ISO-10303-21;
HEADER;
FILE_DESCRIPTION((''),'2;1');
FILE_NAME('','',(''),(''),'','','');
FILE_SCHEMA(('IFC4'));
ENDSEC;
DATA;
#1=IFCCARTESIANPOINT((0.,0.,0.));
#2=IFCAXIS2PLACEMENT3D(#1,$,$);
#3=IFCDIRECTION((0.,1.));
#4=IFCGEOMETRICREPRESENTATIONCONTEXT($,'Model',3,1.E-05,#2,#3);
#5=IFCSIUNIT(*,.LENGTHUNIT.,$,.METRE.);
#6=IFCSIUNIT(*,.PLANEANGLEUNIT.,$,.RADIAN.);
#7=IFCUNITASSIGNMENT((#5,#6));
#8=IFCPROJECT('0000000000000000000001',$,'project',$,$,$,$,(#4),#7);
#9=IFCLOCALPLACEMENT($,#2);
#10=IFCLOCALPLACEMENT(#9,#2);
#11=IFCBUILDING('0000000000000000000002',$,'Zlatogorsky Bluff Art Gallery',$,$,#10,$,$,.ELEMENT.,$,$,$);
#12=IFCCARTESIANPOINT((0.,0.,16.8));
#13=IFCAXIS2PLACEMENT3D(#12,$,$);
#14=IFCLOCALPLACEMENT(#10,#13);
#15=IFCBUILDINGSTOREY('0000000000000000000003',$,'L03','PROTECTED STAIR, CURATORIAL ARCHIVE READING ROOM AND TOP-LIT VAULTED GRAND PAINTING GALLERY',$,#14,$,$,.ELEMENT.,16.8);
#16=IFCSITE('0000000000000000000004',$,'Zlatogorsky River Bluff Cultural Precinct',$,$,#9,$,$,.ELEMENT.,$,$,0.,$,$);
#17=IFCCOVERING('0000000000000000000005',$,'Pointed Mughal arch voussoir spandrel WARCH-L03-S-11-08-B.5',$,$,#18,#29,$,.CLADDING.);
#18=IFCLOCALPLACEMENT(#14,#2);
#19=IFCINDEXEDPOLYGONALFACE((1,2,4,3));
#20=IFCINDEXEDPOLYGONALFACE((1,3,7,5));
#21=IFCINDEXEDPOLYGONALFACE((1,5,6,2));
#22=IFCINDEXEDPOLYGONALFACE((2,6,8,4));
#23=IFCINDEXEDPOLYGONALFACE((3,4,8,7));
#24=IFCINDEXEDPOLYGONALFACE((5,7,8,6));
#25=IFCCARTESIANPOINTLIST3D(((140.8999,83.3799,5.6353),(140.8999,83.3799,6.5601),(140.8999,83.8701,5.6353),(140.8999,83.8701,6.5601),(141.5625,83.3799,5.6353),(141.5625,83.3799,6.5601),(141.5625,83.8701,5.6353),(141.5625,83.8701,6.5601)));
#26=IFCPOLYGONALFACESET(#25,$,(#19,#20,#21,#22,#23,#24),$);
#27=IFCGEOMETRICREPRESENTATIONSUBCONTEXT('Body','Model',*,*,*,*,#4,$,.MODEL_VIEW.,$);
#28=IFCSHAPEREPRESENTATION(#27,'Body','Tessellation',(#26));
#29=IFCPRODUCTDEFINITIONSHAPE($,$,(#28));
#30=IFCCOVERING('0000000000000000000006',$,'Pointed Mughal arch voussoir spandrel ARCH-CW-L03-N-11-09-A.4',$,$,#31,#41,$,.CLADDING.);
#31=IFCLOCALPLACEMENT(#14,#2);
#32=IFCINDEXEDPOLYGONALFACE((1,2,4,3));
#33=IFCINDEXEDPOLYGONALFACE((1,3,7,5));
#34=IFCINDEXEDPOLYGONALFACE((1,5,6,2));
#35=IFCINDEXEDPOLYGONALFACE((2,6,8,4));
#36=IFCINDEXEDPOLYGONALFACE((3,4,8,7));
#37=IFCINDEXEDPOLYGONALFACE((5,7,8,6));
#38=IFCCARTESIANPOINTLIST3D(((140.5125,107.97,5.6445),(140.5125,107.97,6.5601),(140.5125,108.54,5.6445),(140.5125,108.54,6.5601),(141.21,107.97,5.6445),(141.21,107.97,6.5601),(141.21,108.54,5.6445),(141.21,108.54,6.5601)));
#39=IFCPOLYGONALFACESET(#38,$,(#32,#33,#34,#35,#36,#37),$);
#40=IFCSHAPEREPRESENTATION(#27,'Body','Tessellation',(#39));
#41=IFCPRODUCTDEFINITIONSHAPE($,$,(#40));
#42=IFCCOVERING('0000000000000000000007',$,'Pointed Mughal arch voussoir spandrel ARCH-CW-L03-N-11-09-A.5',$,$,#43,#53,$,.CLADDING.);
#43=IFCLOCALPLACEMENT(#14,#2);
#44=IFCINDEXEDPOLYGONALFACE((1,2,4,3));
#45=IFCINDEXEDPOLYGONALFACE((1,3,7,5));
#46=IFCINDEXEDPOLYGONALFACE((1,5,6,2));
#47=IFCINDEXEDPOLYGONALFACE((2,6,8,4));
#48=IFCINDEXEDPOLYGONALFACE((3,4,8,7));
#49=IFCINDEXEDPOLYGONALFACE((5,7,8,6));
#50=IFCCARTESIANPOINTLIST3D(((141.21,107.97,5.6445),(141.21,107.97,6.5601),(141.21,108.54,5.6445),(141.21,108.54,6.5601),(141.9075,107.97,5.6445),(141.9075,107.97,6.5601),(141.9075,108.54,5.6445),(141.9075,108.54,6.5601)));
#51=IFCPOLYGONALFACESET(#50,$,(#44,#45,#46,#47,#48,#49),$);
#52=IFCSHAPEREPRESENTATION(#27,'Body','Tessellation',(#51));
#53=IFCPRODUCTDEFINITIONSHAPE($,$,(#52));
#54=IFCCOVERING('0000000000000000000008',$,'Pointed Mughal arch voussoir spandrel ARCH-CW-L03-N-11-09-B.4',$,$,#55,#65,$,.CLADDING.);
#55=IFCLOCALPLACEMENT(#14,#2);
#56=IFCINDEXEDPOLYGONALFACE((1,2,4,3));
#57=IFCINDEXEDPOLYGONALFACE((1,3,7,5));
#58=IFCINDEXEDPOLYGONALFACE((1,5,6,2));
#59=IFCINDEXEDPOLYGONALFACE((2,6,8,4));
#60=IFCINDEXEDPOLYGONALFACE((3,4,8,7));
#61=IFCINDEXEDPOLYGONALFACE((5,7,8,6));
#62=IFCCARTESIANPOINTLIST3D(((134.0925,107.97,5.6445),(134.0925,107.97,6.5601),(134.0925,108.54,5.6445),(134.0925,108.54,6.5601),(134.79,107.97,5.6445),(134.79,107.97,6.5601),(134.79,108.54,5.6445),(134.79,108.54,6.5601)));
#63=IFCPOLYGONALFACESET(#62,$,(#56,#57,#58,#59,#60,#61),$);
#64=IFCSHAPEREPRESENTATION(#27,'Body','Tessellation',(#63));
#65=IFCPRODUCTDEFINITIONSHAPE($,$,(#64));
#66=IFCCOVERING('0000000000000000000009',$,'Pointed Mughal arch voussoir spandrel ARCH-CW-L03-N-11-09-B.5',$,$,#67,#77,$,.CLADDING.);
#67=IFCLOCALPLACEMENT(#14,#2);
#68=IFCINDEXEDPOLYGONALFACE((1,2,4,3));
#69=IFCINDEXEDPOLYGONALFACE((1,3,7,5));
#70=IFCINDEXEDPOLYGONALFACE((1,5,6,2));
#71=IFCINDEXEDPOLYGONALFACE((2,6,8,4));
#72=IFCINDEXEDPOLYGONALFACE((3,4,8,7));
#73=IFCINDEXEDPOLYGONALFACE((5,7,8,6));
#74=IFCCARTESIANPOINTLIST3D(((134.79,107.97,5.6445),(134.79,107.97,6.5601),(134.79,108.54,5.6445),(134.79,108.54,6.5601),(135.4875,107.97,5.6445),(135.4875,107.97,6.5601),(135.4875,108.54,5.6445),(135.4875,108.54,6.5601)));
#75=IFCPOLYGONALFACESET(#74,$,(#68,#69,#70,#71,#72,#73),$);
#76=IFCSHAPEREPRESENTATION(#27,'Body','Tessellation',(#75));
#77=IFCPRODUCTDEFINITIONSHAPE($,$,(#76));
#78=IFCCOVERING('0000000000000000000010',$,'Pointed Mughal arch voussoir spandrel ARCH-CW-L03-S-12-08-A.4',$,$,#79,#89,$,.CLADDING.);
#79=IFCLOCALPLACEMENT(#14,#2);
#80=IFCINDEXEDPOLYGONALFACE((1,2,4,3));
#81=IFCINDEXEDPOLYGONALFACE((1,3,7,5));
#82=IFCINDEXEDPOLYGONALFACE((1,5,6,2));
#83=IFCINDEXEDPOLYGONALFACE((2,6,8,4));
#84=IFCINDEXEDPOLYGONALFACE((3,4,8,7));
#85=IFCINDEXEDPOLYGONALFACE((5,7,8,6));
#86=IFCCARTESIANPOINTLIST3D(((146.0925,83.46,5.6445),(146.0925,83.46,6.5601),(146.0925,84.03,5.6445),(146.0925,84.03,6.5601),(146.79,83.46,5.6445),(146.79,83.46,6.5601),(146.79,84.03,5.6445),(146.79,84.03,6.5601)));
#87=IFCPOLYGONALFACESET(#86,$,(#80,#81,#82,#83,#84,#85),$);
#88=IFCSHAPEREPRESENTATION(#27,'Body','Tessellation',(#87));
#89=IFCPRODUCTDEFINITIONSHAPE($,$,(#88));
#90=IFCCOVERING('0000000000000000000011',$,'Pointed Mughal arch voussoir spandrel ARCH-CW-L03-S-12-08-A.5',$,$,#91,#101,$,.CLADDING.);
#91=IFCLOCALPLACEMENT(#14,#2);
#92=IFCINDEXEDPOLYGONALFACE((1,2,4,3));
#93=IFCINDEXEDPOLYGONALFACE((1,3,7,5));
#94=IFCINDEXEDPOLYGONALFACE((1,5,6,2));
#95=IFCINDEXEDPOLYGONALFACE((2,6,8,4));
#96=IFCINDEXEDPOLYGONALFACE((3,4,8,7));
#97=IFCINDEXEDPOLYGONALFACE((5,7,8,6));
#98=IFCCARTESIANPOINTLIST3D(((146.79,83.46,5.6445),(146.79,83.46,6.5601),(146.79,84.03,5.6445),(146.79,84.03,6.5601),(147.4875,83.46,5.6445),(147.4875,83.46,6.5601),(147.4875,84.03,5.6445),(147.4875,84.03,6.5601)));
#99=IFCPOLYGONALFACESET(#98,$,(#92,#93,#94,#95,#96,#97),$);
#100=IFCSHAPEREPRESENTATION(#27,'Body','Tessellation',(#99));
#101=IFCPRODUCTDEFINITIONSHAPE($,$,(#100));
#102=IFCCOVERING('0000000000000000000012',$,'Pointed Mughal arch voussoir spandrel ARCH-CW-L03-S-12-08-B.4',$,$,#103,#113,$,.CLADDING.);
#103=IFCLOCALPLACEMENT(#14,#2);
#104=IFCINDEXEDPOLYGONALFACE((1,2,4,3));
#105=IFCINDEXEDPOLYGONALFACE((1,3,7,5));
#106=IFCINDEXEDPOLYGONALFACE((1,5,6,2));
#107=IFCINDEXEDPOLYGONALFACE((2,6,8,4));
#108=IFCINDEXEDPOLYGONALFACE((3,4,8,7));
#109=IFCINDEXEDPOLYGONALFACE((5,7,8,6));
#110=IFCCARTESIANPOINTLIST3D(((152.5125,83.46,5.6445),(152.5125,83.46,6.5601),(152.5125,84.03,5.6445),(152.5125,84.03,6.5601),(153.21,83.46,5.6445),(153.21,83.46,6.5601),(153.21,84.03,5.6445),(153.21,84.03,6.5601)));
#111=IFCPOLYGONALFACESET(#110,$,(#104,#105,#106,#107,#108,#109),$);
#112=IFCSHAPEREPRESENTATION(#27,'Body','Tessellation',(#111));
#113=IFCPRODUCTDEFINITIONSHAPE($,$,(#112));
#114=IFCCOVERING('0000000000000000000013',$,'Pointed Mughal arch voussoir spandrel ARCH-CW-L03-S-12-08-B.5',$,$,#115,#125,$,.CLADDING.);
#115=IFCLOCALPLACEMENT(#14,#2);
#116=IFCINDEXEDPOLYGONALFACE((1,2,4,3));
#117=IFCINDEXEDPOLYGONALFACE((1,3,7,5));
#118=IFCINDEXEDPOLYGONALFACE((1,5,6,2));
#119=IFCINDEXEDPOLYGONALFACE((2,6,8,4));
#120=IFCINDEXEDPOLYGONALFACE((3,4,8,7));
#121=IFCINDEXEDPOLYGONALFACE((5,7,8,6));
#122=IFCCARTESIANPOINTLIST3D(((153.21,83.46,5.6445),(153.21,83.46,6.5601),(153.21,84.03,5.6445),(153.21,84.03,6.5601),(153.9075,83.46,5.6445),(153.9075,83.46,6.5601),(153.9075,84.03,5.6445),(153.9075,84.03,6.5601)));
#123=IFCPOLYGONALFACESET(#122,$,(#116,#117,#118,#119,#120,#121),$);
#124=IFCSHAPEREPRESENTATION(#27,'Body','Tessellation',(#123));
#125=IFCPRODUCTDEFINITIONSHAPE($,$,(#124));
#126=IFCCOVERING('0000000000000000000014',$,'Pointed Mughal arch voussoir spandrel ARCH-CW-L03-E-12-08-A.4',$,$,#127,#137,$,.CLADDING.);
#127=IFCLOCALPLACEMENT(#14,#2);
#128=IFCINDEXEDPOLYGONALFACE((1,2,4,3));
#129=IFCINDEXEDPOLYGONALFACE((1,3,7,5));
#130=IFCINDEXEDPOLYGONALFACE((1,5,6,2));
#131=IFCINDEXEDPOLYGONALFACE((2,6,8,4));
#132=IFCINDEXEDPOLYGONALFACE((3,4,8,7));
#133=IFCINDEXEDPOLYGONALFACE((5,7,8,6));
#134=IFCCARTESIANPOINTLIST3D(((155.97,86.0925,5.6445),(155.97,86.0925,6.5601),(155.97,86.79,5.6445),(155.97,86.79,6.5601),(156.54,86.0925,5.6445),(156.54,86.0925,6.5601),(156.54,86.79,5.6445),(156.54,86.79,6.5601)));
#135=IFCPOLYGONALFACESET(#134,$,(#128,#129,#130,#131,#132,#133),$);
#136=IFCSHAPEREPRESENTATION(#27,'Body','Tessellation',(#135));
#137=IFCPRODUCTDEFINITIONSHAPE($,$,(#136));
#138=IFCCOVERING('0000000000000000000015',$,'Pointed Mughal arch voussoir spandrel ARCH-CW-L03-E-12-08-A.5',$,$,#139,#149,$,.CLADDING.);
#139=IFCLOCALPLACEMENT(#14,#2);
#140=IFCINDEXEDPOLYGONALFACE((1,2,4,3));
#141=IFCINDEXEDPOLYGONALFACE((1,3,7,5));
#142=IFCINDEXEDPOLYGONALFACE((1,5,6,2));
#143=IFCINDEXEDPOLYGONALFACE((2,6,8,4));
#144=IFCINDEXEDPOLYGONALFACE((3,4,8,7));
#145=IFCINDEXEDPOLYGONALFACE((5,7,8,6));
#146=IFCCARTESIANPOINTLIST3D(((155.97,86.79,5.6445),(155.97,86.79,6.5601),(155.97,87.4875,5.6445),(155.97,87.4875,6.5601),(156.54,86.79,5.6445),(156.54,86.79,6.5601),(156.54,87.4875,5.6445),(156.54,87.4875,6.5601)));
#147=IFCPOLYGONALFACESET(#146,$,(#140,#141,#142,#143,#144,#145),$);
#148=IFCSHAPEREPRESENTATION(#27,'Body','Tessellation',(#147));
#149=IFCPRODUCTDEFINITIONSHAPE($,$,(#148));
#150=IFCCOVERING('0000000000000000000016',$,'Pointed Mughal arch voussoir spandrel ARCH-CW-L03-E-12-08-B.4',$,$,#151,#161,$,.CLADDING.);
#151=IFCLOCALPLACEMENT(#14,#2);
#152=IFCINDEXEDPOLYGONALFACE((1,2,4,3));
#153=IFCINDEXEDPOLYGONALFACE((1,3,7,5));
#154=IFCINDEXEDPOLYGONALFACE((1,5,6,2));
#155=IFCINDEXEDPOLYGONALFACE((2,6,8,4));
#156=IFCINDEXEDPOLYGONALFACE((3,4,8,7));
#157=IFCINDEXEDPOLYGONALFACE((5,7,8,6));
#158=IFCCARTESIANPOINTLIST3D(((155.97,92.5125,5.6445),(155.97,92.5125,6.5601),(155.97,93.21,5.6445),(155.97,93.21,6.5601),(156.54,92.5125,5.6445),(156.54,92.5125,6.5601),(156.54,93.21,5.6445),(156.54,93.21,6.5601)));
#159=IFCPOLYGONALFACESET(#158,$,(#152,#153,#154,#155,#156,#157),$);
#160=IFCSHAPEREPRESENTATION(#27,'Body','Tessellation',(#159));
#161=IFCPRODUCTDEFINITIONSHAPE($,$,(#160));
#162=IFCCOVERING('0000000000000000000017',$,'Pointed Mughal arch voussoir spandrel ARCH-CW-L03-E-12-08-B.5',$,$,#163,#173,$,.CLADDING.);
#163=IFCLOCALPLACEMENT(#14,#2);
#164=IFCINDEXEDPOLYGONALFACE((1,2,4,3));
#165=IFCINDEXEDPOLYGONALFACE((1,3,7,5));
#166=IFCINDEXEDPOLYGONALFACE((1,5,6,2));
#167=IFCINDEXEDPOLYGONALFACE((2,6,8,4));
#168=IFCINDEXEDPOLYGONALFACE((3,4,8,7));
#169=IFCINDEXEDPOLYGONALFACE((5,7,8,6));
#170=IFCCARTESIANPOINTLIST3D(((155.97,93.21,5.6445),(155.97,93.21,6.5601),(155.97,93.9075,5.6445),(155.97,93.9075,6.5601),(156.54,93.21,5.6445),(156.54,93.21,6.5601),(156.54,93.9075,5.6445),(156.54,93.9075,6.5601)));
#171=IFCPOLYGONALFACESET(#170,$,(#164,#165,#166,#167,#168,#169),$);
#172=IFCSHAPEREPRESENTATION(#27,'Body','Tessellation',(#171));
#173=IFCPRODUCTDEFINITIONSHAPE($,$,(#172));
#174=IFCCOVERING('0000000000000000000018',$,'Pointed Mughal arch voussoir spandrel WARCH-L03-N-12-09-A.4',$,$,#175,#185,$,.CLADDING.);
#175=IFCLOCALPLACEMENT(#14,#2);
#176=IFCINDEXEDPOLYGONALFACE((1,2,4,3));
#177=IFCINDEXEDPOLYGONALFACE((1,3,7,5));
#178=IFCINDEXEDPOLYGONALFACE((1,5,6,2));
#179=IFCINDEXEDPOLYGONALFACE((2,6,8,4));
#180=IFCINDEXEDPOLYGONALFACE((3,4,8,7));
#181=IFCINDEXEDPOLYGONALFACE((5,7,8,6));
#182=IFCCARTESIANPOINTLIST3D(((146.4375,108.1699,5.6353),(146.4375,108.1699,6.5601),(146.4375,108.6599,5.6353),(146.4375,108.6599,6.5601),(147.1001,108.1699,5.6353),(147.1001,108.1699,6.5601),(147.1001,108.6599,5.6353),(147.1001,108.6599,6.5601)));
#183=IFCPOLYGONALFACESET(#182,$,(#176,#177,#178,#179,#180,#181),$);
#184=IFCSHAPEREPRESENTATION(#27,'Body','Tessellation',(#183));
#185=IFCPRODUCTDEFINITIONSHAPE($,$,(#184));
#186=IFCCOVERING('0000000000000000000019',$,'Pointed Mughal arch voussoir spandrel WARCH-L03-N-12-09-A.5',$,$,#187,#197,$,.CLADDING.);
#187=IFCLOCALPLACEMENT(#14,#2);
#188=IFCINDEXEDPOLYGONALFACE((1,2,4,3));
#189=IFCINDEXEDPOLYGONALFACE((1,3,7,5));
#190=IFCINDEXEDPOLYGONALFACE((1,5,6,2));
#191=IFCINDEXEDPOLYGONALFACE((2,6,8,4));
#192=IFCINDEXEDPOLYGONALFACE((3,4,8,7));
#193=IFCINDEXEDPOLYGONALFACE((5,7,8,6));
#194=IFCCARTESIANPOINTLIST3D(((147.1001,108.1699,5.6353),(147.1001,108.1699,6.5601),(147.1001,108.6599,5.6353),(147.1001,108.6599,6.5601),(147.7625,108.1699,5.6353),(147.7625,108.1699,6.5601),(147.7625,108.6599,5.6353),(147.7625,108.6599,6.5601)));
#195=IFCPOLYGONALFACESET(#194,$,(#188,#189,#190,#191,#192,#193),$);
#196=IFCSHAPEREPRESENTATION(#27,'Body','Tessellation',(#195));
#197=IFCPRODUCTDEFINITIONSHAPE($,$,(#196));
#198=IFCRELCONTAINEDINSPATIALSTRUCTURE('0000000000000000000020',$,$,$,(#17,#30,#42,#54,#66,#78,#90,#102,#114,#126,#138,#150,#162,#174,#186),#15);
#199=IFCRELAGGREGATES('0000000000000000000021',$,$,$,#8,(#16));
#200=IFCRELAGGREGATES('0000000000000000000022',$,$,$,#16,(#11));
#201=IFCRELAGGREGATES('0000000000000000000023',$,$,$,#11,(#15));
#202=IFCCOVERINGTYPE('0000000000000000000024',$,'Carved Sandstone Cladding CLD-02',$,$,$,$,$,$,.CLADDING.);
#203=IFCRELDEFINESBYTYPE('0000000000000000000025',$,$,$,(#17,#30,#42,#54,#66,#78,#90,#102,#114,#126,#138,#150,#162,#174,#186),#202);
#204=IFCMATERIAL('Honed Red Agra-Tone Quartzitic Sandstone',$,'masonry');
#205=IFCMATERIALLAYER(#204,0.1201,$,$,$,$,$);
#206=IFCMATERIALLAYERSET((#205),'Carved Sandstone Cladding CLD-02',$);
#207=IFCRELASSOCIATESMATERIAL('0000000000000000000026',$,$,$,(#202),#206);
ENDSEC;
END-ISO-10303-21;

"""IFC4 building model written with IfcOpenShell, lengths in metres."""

from ifc_helpers import new_model, si_unit, direction, frame, origin, place, context, subcontext, project, spatial, polyline, outline, extrude, material, layer, layer_set, type_object, element, save


model = new_model("IFC4")

# Units and contexts
model_context = context("Model", 3, precision=1e-05, world=origin(), true_north=direction((0.0, 1.0)))
body_context = subcontext(model_context, "Body", "Model", "MODEL_VIEW")
ifc_project = project(units=[si_unit("LENGTHUNIT", "METRE"), si_unit("PLANEANGLEUNIT", "RADIAN")], contexts=[model_context])

# Site, building, storey
site_placement = place(None, origin())
site = spatial("IfcSite", under=ifc_project, at=site_placement, Name="Zlatogorsky River Bluff Cultural Precinct", CompositionType="ELEMENT", RefElevation=0.0)
building_placement = place(site_placement, origin())
building = spatial("IfcBuilding", under=site, at=building_placement, Name="Zlatogorsky Bluff Art Gallery", CompositionType="ELEMENT")
storey_placement = place(building_placement, frame((0.0, 0.0, 16.8)))
storey = spatial("IfcBuildingStorey", under=building, at=storey_placement, Name="L03", Description="PROTECTED STAIR, CURATORIAL ARCHIVE READING ROOM AND TOP-LIT VAULTED GRAND PAINTING GALLERY", CompositionType="ELEMENT", Elevation=16.8)

# Coverings
ifc_material = material(Name="Honed Red Agra-Tone Quartzitic Sandstone", Category="masonry")
ifc_layer = layer(ifc_material, 0.1201)
ifc_layer_set = layer_set([ifc_layer], Name="Carved Sandstone Cladding CLD-02")
covering_type = type_object("IfcCoveringType", Name="Carved Sandstone Cladding CLD-02", PredefinedType="CLADDING", material=ifc_layer_set)
covering_1_placement = place(storey_placement, frame((0.0, 0.0, 5.6353)))
element("IfcCovering", 1, at=covering_1_placement, inside=storey, type_object=covering_type, Name="Pointed Mughal arch voussoir spandrel WARCH-L03-S-11-08-B.5", PredefinedType="CLADDING", context=body_context, shape_type="SweptSolid", body=[
    extrude(outline(polyline([(140.8999, 83.3799), (141.5625, 83.3799), (141.5625, 83.8701), (140.8999, 83.8701), (140.8999, 83.3799)])), origin(), (0.0, 0.0, 1.0), 0.9248),
])
covering_2_placement = place(storey_placement, frame((0.0, 0.0, 5.6445)))
element("IfcCovering", 2, at=covering_2_placement, inside=storey, type_object=covering_type, Name="Pointed Mughal arch voussoir spandrel ARCH-CW-L03-N-11-09-A.4", PredefinedType="CLADDING", context=body_context, shape_type="SweptSolid", body=[
    extrude(outline(polyline([(140.5125, 107.97), (141.21, 107.97), (141.21, 108.54), (140.5125, 108.54), (140.5125, 107.97)])), origin(), (0.0, 0.0, 1.0), 0.9155),
])
covering_3_placement = place(storey_placement, frame((0.0, 0.0, 5.6445)))
element("IfcCovering", 3, at=covering_3_placement, inside=storey, type_object=covering_type, Name="Pointed Mughal arch voussoir spandrel ARCH-CW-L03-N-11-09-A.5", PredefinedType="CLADDING", context=body_context, shape_type="SweptSolid", body=[
    extrude(outline(polyline([(141.21, 107.97), (141.9075, 107.97), (141.9075, 108.54), (141.21, 108.54), (141.21, 107.97)])), origin(), (0.0, 0.0, 1.0), 0.9155),
])
covering_4_placement = place(storey_placement, frame((0.0, 0.0, 5.6445)))
element("IfcCovering", 4, at=covering_4_placement, inside=storey, type_object=covering_type, Name="Pointed Mughal arch voussoir spandrel ARCH-CW-L03-N-11-09-B.4", PredefinedType="CLADDING", context=body_context, shape_type="SweptSolid", body=[
    extrude(outline(polyline([(134.0925, 107.97), (134.79, 107.97), (134.79, 108.54), (134.0925, 108.54), (134.0925, 107.97)])), origin(), (0.0, 0.0, 1.0), 0.9155),
])
covering_5_placement = place(storey_placement, frame((0.0, 0.0, 5.6445)))
element("IfcCovering", 5, at=covering_5_placement, inside=storey, type_object=covering_type, Name="Pointed Mughal arch voussoir spandrel ARCH-CW-L03-N-11-09-B.5", PredefinedType="CLADDING", context=body_context, shape_type="SweptSolid", body=[
    extrude(outline(polyline([(134.79, 107.97), (135.4875, 107.97), (135.4875, 108.54), (134.79, 108.54), (134.79, 107.97)])), origin(), (0.0, 0.0, 1.0), 0.9155),
])
covering_6_placement = place(storey_placement, frame((0.0, 0.0, 5.6445)))
element("IfcCovering", 6, at=covering_6_placement, inside=storey, type_object=covering_type, Name="Pointed Mughal arch voussoir spandrel ARCH-CW-L03-S-12-08-A.4", PredefinedType="CLADDING", context=body_context, shape_type="SweptSolid", body=[
    extrude(outline(polyline([(146.0925, 83.46), (146.79, 83.46), (146.79, 84.03), (146.0925, 84.03), (146.0925, 83.46)])), origin(), (0.0, 0.0, 1.0), 0.9155),
])
covering_7_placement = place(storey_placement, frame((0.0, 0.0, 5.6445)))
element("IfcCovering", 7, at=covering_7_placement, inside=storey, type_object=covering_type, Name="Pointed Mughal arch voussoir spandrel ARCH-CW-L03-S-12-08-A.5", PredefinedType="CLADDING", context=body_context, shape_type="SweptSolid", body=[
    extrude(outline(polyline([(146.79, 83.46), (147.4875, 83.46), (147.4875, 84.03), (146.79, 84.03), (146.79, 83.46)])), origin(), (0.0, 0.0, 1.0), 0.9155),
])
covering_8_placement = place(storey_placement, frame((0.0, 0.0, 5.6445)))
element("IfcCovering", 8, at=covering_8_placement, inside=storey, type_object=covering_type, Name="Pointed Mughal arch voussoir spandrel ARCH-CW-L03-S-12-08-B.4", PredefinedType="CLADDING", context=body_context, shape_type="SweptSolid", body=[
    extrude(outline(polyline([(152.5125, 83.46), (153.21, 83.46), (153.21, 84.03), (152.5125, 84.03), (152.5125, 83.46)])), origin(), (0.0, 0.0, 1.0), 0.9155),
])
covering_9_placement = place(storey_placement, frame((0.0, 0.0, 5.6445)))
element("IfcCovering", 9, at=covering_9_placement, inside=storey, type_object=covering_type, Name="Pointed Mughal arch voussoir spandrel ARCH-CW-L03-S-12-08-B.5", PredefinedType="CLADDING", context=body_context, shape_type="SweptSolid", body=[
    extrude(outline(polyline([(153.21, 83.46), (153.9075, 83.46), (153.9075, 84.03), (153.21, 84.03), (153.21, 83.46)])), origin(), (0.0, 0.0, 1.0), 0.9155),
])
covering_10_placement = place(storey_placement, frame((0.0, 0.0, 5.6445)))
element("IfcCovering", 10, at=covering_10_placement, inside=storey, type_object=covering_type, Name="Pointed Mughal arch voussoir spandrel ARCH-CW-L03-E-12-08-A.4", PredefinedType="CLADDING", context=body_context, shape_type="SweptSolid", body=[
    extrude(outline(polyline([(155.97, 86.0925), (155.97, 86.79), (156.54, 86.79), (156.54, 86.0925), (155.97, 86.0925)])), origin(), (0.0, 0.0, 1.0), 0.9155),
])
covering_11_placement = place(storey_placement, frame((0.0, 0.0, 5.6445)))
element("IfcCovering", 11, at=covering_11_placement, inside=storey, type_object=covering_type, Name="Pointed Mughal arch voussoir spandrel ARCH-CW-L03-E-12-08-A.5", PredefinedType="CLADDING", context=body_context, shape_type="SweptSolid", body=[
    extrude(outline(polyline([(155.97, 86.79), (155.97, 87.4875), (156.54, 87.4875), (156.54, 86.79), (155.97, 86.79)])), origin(), (0.0, 0.0, 1.0), 0.9155),
])
covering_12_placement = place(storey_placement, frame((0.0, 0.0, 5.6445)))
element("IfcCovering", 12, at=covering_12_placement, inside=storey, type_object=covering_type, Name="Pointed Mughal arch voussoir spandrel ARCH-CW-L03-E-12-08-B.4", PredefinedType="CLADDING", context=body_context, shape_type="SweptSolid", body=[
    extrude(outline(polyline([(155.97, 92.5125), (155.97, 93.21), (156.54, 93.21), (156.54, 92.5125), (155.97, 92.5125)])), origin(), (0.0, 0.0, 1.0), 0.9155),
])
covering_13_placement = place(storey_placement, frame((0.0, 0.0, 5.6445)))
element("IfcCovering", 13, at=covering_13_placement, inside=storey, type_object=covering_type, Name="Pointed Mughal arch voussoir spandrel ARCH-CW-L03-E-12-08-B.5", PredefinedType="CLADDING", context=body_context, shape_type="SweptSolid", body=[
    extrude(outline(polyline([(155.97, 93.21), (155.97, 93.9075), (156.54, 93.9075), (156.54, 93.21), (155.97, 93.21)])), origin(), (0.0, 0.0, 1.0), 0.9155),
])
covering_14_placement = place(storey_placement, frame((0.0, 0.0, 5.6353)))
element("IfcCovering", 14, at=covering_14_placement, inside=storey, type_object=covering_type, Name="Pointed Mughal arch voussoir spandrel WARCH-L03-N-12-09-A.4", PredefinedType="CLADDING", context=body_context, shape_type="SweptSolid", body=[
    extrude(outline(polyline([(146.4375, 108.1699), (147.1001, 108.1699), (147.1001, 108.6599), (146.4375, 108.6599), (146.4375, 108.1699)])), origin(), (0.0, 0.0, 1.0), 0.9248),
])
covering_15_placement = place(storey_placement, frame((0.0, 0.0, 5.6353)))
element("IfcCovering", 15, at=covering_15_placement, inside=storey, type_object=covering_type, Name="Pointed Mughal arch voussoir spandrel WARCH-L03-N-12-09-A.5", PredefinedType="CLADDING", context=body_context, shape_type="SweptSolid", body=[
    extrude(outline(polyline([(147.1001, 108.1699), (147.7625, 108.1699), (147.7625, 108.6599), (147.1001, 108.6599), (147.1001, 108.1699)])), origin(), (0.0, 0.0, 1.0), 0.9248),
])

save(model, "model.ifc")
